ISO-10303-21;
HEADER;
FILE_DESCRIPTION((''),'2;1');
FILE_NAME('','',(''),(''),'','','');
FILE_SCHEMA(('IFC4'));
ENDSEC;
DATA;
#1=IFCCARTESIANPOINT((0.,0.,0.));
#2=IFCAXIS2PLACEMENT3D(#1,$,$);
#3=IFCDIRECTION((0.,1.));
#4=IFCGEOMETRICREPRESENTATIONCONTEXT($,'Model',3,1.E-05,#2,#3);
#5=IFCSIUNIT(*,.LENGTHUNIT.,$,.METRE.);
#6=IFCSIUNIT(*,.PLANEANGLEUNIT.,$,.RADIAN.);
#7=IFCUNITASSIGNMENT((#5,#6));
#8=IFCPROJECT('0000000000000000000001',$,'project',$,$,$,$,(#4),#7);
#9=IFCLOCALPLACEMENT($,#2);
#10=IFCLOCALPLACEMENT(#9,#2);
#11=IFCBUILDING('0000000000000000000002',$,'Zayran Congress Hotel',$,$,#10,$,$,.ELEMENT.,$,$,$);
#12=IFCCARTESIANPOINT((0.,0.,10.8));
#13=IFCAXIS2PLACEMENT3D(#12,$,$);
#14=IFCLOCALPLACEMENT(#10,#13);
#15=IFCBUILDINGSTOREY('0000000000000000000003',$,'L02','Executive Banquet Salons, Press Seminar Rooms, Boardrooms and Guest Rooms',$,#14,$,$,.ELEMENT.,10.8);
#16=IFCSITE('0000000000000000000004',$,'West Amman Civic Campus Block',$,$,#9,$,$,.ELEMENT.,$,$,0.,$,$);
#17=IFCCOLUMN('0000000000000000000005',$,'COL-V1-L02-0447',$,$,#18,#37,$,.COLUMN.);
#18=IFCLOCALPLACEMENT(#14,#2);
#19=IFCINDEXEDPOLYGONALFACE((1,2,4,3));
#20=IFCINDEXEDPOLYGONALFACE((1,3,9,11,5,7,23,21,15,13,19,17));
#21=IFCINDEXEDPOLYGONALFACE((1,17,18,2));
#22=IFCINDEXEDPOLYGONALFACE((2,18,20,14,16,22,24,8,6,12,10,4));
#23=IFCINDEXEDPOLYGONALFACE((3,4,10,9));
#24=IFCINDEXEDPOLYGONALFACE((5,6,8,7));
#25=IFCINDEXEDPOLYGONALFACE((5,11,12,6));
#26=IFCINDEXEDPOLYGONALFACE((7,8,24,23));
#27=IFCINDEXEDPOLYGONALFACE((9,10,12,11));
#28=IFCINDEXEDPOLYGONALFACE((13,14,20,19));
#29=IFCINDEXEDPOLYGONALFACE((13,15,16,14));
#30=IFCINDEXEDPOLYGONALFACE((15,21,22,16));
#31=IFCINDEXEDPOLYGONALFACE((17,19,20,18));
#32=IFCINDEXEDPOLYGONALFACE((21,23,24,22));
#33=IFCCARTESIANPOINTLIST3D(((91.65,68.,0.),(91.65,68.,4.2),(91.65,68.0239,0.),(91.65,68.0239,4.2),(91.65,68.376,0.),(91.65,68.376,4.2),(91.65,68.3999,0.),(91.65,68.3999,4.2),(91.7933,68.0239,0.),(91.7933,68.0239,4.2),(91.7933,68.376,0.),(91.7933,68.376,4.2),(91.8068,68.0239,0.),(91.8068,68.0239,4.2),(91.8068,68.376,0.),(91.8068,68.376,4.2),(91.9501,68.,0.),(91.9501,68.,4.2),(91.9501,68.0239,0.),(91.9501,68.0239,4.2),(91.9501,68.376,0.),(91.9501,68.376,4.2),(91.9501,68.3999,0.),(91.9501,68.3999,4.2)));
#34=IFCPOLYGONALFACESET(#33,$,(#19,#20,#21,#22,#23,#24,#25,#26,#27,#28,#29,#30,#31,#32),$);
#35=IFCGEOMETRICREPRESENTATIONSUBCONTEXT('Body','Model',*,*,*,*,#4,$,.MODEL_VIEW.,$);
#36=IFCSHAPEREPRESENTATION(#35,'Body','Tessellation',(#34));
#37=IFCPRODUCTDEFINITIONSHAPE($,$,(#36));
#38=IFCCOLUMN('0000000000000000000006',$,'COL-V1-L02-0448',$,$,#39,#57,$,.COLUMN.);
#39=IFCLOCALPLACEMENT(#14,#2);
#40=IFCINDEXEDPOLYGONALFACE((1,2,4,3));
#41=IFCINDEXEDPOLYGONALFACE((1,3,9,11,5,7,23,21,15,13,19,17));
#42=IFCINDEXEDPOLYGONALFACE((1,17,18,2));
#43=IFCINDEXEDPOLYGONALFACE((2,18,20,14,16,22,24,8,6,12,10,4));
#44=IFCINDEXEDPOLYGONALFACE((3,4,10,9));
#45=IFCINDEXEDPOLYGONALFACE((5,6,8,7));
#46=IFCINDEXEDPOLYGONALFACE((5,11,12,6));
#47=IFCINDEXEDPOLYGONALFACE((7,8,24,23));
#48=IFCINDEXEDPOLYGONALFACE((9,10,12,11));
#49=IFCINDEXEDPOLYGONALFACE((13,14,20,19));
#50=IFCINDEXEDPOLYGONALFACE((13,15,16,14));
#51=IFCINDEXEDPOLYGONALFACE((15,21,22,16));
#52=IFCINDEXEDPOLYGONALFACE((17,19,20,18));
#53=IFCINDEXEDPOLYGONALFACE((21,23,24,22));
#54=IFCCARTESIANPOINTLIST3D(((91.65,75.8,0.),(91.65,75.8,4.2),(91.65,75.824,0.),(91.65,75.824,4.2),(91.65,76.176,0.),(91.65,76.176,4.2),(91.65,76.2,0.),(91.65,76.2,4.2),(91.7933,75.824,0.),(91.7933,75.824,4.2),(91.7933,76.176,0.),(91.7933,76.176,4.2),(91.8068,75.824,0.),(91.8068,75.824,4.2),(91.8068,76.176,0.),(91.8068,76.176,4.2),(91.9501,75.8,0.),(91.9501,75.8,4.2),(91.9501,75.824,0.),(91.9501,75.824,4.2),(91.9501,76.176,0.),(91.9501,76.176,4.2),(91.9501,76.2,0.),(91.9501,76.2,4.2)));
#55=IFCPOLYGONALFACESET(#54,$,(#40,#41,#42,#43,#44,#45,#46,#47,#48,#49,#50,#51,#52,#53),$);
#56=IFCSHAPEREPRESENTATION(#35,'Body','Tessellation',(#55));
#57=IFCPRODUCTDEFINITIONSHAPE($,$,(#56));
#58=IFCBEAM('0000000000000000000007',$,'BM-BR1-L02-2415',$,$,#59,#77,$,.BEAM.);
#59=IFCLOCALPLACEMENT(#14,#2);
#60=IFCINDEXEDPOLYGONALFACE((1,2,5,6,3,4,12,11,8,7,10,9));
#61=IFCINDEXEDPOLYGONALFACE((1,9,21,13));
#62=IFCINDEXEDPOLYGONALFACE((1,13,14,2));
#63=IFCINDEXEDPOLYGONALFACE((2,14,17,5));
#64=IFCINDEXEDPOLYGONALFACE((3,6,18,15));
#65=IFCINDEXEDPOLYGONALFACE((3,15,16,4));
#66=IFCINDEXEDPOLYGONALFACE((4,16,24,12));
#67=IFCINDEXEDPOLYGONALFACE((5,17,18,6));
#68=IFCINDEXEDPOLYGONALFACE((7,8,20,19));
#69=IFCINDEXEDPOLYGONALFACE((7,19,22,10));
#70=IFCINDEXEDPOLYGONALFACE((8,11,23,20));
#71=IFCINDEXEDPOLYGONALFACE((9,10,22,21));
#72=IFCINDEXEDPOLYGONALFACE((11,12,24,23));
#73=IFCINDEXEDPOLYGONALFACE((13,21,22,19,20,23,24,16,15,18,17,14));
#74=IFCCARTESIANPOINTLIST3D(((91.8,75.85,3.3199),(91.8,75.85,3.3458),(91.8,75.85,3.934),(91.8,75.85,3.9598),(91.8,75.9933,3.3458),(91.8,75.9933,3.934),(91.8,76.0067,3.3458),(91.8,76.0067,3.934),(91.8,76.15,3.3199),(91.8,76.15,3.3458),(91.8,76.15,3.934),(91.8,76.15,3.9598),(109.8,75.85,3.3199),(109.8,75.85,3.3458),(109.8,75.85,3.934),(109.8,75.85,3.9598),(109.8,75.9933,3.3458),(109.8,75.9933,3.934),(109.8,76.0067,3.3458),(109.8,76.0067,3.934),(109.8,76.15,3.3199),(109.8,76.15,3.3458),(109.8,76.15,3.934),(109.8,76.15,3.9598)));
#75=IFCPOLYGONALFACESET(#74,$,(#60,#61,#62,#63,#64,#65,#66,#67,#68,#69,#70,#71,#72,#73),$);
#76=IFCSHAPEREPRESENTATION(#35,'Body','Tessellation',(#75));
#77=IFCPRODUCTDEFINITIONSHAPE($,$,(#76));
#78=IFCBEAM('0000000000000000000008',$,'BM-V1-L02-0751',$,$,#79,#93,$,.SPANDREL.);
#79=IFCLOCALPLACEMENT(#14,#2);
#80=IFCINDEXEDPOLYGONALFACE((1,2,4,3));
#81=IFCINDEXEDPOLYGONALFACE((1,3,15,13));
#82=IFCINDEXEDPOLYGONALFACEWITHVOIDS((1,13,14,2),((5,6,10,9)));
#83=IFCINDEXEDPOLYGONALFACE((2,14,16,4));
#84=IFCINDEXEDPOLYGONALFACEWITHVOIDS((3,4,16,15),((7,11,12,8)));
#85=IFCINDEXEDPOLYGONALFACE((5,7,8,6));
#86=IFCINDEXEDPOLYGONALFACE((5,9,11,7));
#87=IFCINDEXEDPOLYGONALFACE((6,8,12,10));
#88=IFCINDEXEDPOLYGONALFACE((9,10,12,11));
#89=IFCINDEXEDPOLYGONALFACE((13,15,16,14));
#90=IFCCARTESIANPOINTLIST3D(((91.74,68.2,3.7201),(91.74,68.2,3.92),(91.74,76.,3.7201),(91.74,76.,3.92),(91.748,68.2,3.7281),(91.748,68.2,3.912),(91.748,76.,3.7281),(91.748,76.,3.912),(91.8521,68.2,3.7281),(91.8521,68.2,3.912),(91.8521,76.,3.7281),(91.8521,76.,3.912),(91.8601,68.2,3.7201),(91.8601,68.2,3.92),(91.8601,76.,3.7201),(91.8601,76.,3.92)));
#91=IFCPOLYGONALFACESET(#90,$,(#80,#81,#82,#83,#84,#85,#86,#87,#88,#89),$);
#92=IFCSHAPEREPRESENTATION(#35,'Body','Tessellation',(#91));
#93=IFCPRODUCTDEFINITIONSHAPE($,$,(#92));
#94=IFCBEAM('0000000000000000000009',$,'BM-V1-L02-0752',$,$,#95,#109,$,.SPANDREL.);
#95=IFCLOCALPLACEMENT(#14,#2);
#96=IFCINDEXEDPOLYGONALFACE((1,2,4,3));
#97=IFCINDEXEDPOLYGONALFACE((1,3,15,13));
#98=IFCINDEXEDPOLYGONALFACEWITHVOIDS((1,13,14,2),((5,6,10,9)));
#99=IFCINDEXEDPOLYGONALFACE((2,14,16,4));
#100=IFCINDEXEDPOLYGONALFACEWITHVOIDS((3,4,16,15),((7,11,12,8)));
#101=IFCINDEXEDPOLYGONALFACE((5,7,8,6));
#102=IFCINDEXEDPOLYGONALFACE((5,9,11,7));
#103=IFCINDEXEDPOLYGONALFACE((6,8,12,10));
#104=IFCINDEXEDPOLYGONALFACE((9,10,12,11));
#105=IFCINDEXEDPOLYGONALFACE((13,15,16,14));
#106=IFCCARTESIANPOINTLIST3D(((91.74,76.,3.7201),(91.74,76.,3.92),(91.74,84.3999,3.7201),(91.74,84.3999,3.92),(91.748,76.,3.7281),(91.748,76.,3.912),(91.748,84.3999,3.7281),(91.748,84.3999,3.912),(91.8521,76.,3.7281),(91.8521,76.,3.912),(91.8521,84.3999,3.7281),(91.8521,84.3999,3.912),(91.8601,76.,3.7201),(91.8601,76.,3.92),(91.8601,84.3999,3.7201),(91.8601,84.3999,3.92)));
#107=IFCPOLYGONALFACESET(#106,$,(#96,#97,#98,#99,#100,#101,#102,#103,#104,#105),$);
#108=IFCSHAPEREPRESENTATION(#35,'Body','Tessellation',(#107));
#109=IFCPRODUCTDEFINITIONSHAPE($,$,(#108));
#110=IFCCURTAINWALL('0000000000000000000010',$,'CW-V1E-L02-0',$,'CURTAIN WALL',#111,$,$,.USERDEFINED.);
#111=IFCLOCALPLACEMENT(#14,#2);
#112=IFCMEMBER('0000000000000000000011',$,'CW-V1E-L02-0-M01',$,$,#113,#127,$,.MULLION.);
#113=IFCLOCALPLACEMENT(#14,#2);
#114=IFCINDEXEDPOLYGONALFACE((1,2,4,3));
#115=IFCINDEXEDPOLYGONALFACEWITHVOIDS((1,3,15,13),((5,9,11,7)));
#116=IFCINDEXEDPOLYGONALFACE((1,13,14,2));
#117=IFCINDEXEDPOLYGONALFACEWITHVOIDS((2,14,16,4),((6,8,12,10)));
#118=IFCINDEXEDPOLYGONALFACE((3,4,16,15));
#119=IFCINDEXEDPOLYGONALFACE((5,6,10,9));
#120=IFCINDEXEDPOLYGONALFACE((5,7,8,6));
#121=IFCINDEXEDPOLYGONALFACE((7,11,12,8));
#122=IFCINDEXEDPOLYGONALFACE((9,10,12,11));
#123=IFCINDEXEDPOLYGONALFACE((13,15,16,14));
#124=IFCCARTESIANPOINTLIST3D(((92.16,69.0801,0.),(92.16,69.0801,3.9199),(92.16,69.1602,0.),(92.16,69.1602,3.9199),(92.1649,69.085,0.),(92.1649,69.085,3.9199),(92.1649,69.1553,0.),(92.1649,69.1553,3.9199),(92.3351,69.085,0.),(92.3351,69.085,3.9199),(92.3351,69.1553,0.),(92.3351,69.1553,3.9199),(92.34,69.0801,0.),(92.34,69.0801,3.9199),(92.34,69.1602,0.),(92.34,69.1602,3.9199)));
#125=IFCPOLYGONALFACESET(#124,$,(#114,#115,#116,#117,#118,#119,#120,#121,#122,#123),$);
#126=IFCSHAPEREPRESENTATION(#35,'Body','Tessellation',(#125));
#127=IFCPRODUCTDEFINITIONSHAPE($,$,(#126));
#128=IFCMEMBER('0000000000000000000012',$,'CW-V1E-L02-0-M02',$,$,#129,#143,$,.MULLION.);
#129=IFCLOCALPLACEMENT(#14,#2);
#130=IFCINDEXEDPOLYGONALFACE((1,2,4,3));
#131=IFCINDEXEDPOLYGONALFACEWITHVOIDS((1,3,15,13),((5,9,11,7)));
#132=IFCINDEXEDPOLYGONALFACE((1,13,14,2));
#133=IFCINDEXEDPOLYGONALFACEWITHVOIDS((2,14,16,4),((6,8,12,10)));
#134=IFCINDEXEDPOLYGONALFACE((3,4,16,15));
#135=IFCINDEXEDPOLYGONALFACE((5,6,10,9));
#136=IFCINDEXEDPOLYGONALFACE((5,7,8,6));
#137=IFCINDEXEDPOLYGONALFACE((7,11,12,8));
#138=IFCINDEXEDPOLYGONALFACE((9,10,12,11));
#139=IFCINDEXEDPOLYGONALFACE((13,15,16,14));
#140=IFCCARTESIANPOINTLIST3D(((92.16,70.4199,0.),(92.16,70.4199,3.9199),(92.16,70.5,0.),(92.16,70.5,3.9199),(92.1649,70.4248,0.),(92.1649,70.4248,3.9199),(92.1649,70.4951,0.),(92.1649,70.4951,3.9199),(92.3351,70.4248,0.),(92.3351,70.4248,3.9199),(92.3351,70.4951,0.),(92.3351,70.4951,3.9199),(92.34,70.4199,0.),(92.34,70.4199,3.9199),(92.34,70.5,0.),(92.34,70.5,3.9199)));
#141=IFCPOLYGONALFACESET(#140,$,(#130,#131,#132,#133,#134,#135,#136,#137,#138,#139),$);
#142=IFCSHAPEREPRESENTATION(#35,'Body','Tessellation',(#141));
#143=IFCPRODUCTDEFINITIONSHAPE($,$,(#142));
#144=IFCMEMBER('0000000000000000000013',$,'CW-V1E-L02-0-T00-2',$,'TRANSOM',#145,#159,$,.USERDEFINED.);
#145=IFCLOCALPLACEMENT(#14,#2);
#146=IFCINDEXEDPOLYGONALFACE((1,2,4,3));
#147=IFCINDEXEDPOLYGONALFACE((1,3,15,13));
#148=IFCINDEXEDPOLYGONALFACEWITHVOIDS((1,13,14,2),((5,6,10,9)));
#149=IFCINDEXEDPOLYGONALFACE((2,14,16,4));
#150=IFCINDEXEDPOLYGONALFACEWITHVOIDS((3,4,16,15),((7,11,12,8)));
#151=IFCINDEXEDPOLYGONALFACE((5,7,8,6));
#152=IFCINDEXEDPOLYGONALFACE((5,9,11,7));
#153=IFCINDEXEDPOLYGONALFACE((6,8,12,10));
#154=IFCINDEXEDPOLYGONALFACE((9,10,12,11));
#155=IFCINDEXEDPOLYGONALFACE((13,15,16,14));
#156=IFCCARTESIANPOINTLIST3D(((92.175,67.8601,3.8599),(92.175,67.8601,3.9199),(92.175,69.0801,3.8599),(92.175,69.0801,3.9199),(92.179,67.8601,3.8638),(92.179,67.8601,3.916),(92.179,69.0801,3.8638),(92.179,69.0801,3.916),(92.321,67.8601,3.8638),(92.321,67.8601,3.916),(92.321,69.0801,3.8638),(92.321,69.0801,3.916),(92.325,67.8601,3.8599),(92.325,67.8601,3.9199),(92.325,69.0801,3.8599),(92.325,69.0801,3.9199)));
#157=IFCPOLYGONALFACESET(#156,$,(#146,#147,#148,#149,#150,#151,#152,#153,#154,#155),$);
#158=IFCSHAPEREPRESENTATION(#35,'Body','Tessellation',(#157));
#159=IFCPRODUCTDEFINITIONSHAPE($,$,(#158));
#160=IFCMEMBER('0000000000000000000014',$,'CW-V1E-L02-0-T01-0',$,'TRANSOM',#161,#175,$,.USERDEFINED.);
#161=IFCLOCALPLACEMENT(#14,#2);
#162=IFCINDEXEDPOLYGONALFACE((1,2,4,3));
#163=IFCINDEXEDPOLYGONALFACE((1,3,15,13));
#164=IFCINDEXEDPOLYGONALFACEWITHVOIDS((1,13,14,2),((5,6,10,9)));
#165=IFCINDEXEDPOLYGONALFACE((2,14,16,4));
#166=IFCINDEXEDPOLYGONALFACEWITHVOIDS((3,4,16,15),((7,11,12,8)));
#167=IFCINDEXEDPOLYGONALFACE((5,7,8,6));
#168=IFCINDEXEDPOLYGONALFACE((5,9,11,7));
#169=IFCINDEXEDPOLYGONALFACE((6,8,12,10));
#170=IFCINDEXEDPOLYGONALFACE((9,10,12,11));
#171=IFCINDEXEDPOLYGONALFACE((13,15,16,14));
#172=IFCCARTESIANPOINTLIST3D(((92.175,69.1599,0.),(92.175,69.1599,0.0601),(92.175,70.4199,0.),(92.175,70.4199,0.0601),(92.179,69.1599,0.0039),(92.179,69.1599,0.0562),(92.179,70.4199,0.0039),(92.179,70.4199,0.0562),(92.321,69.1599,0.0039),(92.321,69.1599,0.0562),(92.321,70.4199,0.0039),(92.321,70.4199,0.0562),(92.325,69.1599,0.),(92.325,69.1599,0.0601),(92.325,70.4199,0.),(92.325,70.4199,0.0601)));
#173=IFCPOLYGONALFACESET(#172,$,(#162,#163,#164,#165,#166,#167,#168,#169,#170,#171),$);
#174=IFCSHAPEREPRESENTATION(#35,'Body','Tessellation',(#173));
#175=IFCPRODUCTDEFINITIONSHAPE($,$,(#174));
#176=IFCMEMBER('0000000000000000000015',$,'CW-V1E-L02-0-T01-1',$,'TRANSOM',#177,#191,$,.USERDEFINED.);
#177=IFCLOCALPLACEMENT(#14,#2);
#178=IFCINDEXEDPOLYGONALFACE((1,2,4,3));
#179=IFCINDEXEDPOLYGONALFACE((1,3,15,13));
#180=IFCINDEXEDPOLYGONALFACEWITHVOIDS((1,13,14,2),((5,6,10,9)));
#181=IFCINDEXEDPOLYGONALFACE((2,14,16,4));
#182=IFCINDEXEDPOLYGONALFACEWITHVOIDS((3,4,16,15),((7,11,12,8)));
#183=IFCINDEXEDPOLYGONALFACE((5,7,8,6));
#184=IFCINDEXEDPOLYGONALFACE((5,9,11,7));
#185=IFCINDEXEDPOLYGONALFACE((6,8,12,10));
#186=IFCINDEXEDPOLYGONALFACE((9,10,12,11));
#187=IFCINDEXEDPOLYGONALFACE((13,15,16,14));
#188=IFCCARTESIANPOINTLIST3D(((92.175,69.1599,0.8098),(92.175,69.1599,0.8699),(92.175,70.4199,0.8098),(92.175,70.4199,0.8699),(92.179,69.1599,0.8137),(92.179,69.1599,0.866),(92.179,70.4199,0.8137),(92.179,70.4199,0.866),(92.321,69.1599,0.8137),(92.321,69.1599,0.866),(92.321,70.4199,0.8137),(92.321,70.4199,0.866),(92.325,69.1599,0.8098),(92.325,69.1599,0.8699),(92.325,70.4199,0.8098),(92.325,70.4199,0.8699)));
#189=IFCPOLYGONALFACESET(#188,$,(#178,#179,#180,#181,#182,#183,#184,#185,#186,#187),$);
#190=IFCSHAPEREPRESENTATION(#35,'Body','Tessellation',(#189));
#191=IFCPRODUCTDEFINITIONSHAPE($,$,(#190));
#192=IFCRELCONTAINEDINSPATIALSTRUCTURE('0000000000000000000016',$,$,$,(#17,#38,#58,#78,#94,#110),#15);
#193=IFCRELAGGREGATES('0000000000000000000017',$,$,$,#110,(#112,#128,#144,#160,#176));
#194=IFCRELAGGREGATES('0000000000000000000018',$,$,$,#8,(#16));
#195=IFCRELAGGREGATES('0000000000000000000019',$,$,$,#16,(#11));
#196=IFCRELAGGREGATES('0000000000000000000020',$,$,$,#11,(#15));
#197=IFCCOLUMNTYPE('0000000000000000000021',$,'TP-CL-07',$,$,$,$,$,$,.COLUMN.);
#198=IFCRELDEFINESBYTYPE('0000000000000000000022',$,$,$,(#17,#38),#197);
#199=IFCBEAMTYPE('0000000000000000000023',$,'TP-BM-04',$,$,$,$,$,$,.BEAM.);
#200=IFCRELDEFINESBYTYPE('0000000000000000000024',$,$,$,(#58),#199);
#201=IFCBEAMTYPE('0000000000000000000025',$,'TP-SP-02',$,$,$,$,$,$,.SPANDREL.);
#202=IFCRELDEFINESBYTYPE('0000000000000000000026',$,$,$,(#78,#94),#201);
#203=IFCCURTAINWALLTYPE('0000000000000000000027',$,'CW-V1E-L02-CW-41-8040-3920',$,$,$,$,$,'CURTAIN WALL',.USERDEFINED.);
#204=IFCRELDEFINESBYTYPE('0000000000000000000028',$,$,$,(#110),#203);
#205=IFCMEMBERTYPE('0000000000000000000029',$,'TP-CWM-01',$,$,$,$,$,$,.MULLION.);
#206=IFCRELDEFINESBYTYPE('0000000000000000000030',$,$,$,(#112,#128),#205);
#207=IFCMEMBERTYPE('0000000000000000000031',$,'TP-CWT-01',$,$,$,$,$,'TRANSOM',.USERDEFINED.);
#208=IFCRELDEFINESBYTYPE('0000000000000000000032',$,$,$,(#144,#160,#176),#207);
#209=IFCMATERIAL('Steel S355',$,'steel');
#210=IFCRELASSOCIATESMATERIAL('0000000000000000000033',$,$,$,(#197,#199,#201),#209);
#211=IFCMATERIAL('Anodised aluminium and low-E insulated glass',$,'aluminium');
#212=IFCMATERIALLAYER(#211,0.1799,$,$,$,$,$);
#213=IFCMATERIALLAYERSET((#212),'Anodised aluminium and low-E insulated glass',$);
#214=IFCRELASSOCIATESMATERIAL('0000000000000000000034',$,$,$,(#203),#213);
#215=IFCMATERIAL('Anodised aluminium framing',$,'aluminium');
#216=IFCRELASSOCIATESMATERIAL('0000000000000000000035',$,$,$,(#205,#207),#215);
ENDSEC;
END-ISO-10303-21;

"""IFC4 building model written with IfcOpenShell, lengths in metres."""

from ifc_helpers import new_model, si_unit, direction, frame, origin, origin_2d, place, context, subcontext, project, spatial, hollow_rectangle, i_section, extrude, material, layer, layer_set, material_profile, profile_set, type_object, element, aggregate, save


model = new_model("IFC4")

# Units and contexts
model_context = context("Model", 3, precision=1e-05, world=origin(), true_north=direction((0.0, 1.0)))
body_context = subcontext(model_context, "Body", "Model", "MODEL_VIEW")
ifc_project = project(units=[si_unit("LENGTHUNIT", "METRE"), si_unit("PLANEANGLEUNIT", "RADIAN")], contexts=[model_context])

# Site, building, storey
site_placement = place(None, origin())
site = spatial("IfcSite", under=ifc_project, at=site_placement, Name="West Amman Civic Campus Block", CompositionType="ELEMENT", RefElevation=0.0)
building_placement = place(site_placement, origin())
building = spatial("IfcBuilding", under=site, at=building_placement, Name="Zayran Congress Hotel", CompositionType="ELEMENT")
storey_placement = place(building_placement, frame((0.0, 0.0, 10.8)))
storey = spatial("IfcBuildingStorey", under=building, at=storey_placement, Name="L02", Description="Executive Banquet Salons, Press Seminar Rooms, Boardrooms and Guest Rooms", CompositionType="ELEMENT", Elevation=10.8)

# Columns
ifc_material_1 = material(Name="Steel S355", Category="steel")
ifc_material_profile_1 = material_profile(ifc_material_1, i_section(OverallWidth=0.3, OverallDepth=0.3999, WebThickness=0.0134, FlangeThickness=0.0239, at=origin_2d()), Name="HEB 400")
ifc_profile_set_1 = profile_set([ifc_material_profile_1], Name="Steel S355")
column_type = type_object("IfcColumnType", Name="TP-CL-07", PredefinedType="COLUMN", material=ifc_profile_set_1)
for number, where, z_axis, x_axis, name in (
    (1, (91.8, 68.2, 0.0), (0.0, 0.0, 1.0), (1.0, 0.0, 0.0), "COL-V1-L02-0447"),
    (2, (91.8, 76.0, 0.0), (0.0, 0.0, 1.0), (1.0, 0.0, 0.0), "COL-V1-L02-0448"),
):
    element("IfcColumn", number, at=place(storey_placement, frame(where, z_axis=z_axis, x_axis=x_axis)), inside=storey, type_object=column_type, Name=name, PredefinedType="COLUMN", context=body_context, shape_type="SweptSolid", body=[
        extrude(i_section(OverallWidth=0.3, OverallDepth=0.3999, WebThickness=0.0134, FlangeThickness=0.0239, at=origin_2d()), origin(), (0.0, 0.0, 1.0), 4.2),
    ])

# Beams
ifc_material_profile_2 = material_profile(ifc_material_1, i_section(OverallWidth=0.3, OverallDepth=0.6399, WebThickness=0.0134, FlangeThickness=0.0259, at=origin_2d()), Name="HEA 650")
ifc_profile_set_2 = profile_set([ifc_material_profile_2], Name="Steel S355")
beam_type_1 = type_object("IfcBeamType", Name="TP-BM-04", PredefinedType="BEAM", material=ifc_profile_set_2)
beam_1_placement = place(storey_placement, frame((91.8, 76.0, 3.6399), z_axis=(1.0, 0.0, 0.0), x_axis=(0.0, 1.0, 0.0)))
element("IfcBeam", 3, at=beam_1_placement, inside=storey, type_object=beam_type_1, Name="BM-BR1-L02-2415", PredefinedType="BEAM", context=body_context, shape_type="SweptSolid", body=[
    extrude(i_section(OverallWidth=0.3, OverallDepth=0.6399, WebThickness=0.0134, FlangeThickness=0.0259, at=origin_2d()), origin(), (0.0, 0.0, 1.0), 18.0),
])
ifc_material_profile_3 = material_profile(ifc_material_1, hollow_rectangle(XDim=0.1201, YDim=0.2, WallThickness=0.0081, at=origin_2d()), Name="RHS 200x120x8")
ifc_profile_set_3 = profile_set([ifc_material_profile_3], Name="Steel S355")
beam_type_2 = type_object("IfcBeamType", Name="TP-SP-02", PredefinedType="SPANDREL", material=ifc_profile_set_3)
beam_2_placement = place(storey_placement, frame((91.8, 68.2, 3.8201), z_axis=(0.0, 1.0, 0.0), x_axis=(-1.0, 0.0, 0.0)))
element("IfcBeam", 4, at=beam_2_placement, inside=storey, type_object=beam_type_2, Name="BM-V1-L02-0751", PredefinedType="SPANDREL", context=body_context, shape_type="SweptSolid", body=[
    extrude(hollow_rectangle(XDim=0.1201, YDim=0.2, WallThickness=0.0081, at=origin_2d()), origin(), (0.0, 0.0, 1.0), 7.8),
])
beam_3_placement = place(storey_placement, frame((91.8, 76.0, 3.8201), z_axis=(0.0, 1.0, 0.0), x_axis=(-1.0, 0.0, 0.0)))
element("IfcBeam", 5, at=beam_3_placement, inside=storey, type_object=beam_type_2, Name="BM-V1-L02-0752", PredefinedType="SPANDREL", context=body_context, shape_type="SweptSolid", body=[
    extrude(hollow_rectangle(XDim=0.1201, YDim=0.2, WallThickness=0.0081, at=origin_2d()), origin(), (0.0, 0.0, 1.0), 8.3999),
])

# Curtain wall, members
ifc_material_2 = material(Name="Anodised aluminium and low-E insulated glass", Category="aluminium")
ifc_layer_1 = layer(ifc_material_2, 0.1799)
ifc_layer_set_1 = layer_set([ifc_layer_1], Name="Anodised aluminium and low-E insulated glass")
curtain_wall_type = type_object("IfcCurtainWallType", Name="CW-V1E-L02-CW-41-8040-3920", ElementType="CURTAIN WALL", PredefinedType="USERDEFINED", material=ifc_layer_set_1)
curtain_wall_placement = place(storey_placement, origin())
curtain_wall = element("IfcCurtainWall", 6, at=curtain_wall_placement, inside=storey, type_object=curtain_wall_type, Name="CW-V1E-L02-0", ObjectType="CURTAIN WALL", PredefinedType="USERDEFINED")
ifc_material_3 = material(Name="Anodised aluminium framing", Category="aluminium")
ifc_material_profile_4 = material_profile(ifc_material_3, hollow_rectangle(XDim=0.0801, YDim=0.1799, WallThickness=0.0049, at=origin_2d()), Name="RHS 180x80x5")
ifc_profile_set_4 = profile_set([ifc_material_profile_4], Name="Anodised aluminium framing")
member_type_1 = type_object("IfcMemberType", Name="TP-CWM-01", PredefinedType="MULLION", material=ifc_profile_set_4)
member_1_placement = place(storey_placement, frame((92.25, 69.1201, 0.0), z_axis=(0.0, 0.0, 1.0), x_axis=(0.0, 1.0, 0.0)))
member_1 = element("IfcMember", 7, at=member_1_placement, type_object=member_type_1, Name="CW-V1E-L02-0-M01", PredefinedType="MULLION", context=body_context, shape_type="SweptSolid", body=[
    extrude(hollow_rectangle(XDim=0.0801, YDim=0.1799, WallThickness=0.0049, at=origin_2d()), origin(), (0.0, 0.0, 1.0), 3.9199),
])
member_2_placement = place(storey_placement, frame((92.25, 70.46, 0.0), z_axis=(0.0, 0.0, 1.0), x_axis=(0.0, 1.0, 0.0)))
member_2 = element("IfcMember", 8, at=member_2_placement, type_object=member_type_1, Name="CW-V1E-L02-0-M02", PredefinedType="MULLION", context=body_context, shape_type="SweptSolid", body=[
    extrude(hollow_rectangle(XDim=0.0801, YDim=0.1799, WallThickness=0.0049, at=origin_2d()), origin(), (0.0, 0.0, 1.0), 3.9199),
])
ifc_material_profile_5 = material_profile(ifc_material_3, hollow_rectangle(XDim=0.0601, YDim=0.1499, WallThickness=0.0039, at=origin_2d()), Name="RHS 150x60x4")
ifc_profile_set_5 = profile_set([ifc_material_profile_5], Name="Anodised aluminium framing")
member_type_2 = type_object("IfcMemberType", Name="TP-CWT-01", ElementType="TRANSOM", PredefinedType="USERDEFINED", material=ifc_profile_set_5)
member_3_placement = place(storey_placement, frame((92.25, 67.8601, 3.8899), z_axis=(0.0, 1.0, 0.0), x_axis=(0.0, 0.0, 1.0)))
member_3 = element("IfcMember", 9, at=member_3_placement, type_object=member_type_2, Name="CW-V1E-L02-0-T00-2", ObjectType="TRANSOM", PredefinedType="USERDEFINED", context=body_context, shape_type="SweptSolid", body=[
    extrude(hollow_rectangle(XDim=0.0601, YDim=0.1499, WallThickness=0.0039, at=origin_2d()), origin(), (0.0, 0.0, 1.0), 1.22),
])
member_4_placement = place(storey_placement, frame((92.25, 69.1599, 0.03), z_axis=(0.0, 1.0, 0.0), x_axis=(0.0, 0.0, 1.0)))
member_4 = element("IfcMember", 10, at=member_4_placement, type_object=member_type_2, Name="CW-V1E-L02-0-T01-0", ObjectType="TRANSOM", PredefinedType="USERDEFINED", context=body_context, shape_type="SweptSolid", body=[
    extrude(hollow_rectangle(XDim=0.0601, YDim=0.1499, WallThickness=0.0039, at=origin_2d()), origin(), (0.0, 0.0, 1.0), 1.26),
])
member_5_placement = place(storey_placement, frame((92.25, 69.1599, 0.8398), z_axis=(0.0, 1.0, 0.0), x_axis=(0.0, 0.0, 1.0)))
member_5 = element("IfcMember", 11, at=member_5_placement, type_object=member_type_2, Name="CW-V1E-L02-0-T01-1", ObjectType="TRANSOM", PredefinedType="USERDEFINED", context=body_context, shape_type="SweptSolid", body=[
    extrude(hollow_rectangle(XDim=0.0601, YDim=0.1499, WallThickness=0.0039, at=origin_2d()), origin(), (0.0, 0.0, 1.0), 1.26),
])
aggregate(curtain_wall, [member_1, member_2, member_3, member_4, member_5])

save(model, "model.ifc")
